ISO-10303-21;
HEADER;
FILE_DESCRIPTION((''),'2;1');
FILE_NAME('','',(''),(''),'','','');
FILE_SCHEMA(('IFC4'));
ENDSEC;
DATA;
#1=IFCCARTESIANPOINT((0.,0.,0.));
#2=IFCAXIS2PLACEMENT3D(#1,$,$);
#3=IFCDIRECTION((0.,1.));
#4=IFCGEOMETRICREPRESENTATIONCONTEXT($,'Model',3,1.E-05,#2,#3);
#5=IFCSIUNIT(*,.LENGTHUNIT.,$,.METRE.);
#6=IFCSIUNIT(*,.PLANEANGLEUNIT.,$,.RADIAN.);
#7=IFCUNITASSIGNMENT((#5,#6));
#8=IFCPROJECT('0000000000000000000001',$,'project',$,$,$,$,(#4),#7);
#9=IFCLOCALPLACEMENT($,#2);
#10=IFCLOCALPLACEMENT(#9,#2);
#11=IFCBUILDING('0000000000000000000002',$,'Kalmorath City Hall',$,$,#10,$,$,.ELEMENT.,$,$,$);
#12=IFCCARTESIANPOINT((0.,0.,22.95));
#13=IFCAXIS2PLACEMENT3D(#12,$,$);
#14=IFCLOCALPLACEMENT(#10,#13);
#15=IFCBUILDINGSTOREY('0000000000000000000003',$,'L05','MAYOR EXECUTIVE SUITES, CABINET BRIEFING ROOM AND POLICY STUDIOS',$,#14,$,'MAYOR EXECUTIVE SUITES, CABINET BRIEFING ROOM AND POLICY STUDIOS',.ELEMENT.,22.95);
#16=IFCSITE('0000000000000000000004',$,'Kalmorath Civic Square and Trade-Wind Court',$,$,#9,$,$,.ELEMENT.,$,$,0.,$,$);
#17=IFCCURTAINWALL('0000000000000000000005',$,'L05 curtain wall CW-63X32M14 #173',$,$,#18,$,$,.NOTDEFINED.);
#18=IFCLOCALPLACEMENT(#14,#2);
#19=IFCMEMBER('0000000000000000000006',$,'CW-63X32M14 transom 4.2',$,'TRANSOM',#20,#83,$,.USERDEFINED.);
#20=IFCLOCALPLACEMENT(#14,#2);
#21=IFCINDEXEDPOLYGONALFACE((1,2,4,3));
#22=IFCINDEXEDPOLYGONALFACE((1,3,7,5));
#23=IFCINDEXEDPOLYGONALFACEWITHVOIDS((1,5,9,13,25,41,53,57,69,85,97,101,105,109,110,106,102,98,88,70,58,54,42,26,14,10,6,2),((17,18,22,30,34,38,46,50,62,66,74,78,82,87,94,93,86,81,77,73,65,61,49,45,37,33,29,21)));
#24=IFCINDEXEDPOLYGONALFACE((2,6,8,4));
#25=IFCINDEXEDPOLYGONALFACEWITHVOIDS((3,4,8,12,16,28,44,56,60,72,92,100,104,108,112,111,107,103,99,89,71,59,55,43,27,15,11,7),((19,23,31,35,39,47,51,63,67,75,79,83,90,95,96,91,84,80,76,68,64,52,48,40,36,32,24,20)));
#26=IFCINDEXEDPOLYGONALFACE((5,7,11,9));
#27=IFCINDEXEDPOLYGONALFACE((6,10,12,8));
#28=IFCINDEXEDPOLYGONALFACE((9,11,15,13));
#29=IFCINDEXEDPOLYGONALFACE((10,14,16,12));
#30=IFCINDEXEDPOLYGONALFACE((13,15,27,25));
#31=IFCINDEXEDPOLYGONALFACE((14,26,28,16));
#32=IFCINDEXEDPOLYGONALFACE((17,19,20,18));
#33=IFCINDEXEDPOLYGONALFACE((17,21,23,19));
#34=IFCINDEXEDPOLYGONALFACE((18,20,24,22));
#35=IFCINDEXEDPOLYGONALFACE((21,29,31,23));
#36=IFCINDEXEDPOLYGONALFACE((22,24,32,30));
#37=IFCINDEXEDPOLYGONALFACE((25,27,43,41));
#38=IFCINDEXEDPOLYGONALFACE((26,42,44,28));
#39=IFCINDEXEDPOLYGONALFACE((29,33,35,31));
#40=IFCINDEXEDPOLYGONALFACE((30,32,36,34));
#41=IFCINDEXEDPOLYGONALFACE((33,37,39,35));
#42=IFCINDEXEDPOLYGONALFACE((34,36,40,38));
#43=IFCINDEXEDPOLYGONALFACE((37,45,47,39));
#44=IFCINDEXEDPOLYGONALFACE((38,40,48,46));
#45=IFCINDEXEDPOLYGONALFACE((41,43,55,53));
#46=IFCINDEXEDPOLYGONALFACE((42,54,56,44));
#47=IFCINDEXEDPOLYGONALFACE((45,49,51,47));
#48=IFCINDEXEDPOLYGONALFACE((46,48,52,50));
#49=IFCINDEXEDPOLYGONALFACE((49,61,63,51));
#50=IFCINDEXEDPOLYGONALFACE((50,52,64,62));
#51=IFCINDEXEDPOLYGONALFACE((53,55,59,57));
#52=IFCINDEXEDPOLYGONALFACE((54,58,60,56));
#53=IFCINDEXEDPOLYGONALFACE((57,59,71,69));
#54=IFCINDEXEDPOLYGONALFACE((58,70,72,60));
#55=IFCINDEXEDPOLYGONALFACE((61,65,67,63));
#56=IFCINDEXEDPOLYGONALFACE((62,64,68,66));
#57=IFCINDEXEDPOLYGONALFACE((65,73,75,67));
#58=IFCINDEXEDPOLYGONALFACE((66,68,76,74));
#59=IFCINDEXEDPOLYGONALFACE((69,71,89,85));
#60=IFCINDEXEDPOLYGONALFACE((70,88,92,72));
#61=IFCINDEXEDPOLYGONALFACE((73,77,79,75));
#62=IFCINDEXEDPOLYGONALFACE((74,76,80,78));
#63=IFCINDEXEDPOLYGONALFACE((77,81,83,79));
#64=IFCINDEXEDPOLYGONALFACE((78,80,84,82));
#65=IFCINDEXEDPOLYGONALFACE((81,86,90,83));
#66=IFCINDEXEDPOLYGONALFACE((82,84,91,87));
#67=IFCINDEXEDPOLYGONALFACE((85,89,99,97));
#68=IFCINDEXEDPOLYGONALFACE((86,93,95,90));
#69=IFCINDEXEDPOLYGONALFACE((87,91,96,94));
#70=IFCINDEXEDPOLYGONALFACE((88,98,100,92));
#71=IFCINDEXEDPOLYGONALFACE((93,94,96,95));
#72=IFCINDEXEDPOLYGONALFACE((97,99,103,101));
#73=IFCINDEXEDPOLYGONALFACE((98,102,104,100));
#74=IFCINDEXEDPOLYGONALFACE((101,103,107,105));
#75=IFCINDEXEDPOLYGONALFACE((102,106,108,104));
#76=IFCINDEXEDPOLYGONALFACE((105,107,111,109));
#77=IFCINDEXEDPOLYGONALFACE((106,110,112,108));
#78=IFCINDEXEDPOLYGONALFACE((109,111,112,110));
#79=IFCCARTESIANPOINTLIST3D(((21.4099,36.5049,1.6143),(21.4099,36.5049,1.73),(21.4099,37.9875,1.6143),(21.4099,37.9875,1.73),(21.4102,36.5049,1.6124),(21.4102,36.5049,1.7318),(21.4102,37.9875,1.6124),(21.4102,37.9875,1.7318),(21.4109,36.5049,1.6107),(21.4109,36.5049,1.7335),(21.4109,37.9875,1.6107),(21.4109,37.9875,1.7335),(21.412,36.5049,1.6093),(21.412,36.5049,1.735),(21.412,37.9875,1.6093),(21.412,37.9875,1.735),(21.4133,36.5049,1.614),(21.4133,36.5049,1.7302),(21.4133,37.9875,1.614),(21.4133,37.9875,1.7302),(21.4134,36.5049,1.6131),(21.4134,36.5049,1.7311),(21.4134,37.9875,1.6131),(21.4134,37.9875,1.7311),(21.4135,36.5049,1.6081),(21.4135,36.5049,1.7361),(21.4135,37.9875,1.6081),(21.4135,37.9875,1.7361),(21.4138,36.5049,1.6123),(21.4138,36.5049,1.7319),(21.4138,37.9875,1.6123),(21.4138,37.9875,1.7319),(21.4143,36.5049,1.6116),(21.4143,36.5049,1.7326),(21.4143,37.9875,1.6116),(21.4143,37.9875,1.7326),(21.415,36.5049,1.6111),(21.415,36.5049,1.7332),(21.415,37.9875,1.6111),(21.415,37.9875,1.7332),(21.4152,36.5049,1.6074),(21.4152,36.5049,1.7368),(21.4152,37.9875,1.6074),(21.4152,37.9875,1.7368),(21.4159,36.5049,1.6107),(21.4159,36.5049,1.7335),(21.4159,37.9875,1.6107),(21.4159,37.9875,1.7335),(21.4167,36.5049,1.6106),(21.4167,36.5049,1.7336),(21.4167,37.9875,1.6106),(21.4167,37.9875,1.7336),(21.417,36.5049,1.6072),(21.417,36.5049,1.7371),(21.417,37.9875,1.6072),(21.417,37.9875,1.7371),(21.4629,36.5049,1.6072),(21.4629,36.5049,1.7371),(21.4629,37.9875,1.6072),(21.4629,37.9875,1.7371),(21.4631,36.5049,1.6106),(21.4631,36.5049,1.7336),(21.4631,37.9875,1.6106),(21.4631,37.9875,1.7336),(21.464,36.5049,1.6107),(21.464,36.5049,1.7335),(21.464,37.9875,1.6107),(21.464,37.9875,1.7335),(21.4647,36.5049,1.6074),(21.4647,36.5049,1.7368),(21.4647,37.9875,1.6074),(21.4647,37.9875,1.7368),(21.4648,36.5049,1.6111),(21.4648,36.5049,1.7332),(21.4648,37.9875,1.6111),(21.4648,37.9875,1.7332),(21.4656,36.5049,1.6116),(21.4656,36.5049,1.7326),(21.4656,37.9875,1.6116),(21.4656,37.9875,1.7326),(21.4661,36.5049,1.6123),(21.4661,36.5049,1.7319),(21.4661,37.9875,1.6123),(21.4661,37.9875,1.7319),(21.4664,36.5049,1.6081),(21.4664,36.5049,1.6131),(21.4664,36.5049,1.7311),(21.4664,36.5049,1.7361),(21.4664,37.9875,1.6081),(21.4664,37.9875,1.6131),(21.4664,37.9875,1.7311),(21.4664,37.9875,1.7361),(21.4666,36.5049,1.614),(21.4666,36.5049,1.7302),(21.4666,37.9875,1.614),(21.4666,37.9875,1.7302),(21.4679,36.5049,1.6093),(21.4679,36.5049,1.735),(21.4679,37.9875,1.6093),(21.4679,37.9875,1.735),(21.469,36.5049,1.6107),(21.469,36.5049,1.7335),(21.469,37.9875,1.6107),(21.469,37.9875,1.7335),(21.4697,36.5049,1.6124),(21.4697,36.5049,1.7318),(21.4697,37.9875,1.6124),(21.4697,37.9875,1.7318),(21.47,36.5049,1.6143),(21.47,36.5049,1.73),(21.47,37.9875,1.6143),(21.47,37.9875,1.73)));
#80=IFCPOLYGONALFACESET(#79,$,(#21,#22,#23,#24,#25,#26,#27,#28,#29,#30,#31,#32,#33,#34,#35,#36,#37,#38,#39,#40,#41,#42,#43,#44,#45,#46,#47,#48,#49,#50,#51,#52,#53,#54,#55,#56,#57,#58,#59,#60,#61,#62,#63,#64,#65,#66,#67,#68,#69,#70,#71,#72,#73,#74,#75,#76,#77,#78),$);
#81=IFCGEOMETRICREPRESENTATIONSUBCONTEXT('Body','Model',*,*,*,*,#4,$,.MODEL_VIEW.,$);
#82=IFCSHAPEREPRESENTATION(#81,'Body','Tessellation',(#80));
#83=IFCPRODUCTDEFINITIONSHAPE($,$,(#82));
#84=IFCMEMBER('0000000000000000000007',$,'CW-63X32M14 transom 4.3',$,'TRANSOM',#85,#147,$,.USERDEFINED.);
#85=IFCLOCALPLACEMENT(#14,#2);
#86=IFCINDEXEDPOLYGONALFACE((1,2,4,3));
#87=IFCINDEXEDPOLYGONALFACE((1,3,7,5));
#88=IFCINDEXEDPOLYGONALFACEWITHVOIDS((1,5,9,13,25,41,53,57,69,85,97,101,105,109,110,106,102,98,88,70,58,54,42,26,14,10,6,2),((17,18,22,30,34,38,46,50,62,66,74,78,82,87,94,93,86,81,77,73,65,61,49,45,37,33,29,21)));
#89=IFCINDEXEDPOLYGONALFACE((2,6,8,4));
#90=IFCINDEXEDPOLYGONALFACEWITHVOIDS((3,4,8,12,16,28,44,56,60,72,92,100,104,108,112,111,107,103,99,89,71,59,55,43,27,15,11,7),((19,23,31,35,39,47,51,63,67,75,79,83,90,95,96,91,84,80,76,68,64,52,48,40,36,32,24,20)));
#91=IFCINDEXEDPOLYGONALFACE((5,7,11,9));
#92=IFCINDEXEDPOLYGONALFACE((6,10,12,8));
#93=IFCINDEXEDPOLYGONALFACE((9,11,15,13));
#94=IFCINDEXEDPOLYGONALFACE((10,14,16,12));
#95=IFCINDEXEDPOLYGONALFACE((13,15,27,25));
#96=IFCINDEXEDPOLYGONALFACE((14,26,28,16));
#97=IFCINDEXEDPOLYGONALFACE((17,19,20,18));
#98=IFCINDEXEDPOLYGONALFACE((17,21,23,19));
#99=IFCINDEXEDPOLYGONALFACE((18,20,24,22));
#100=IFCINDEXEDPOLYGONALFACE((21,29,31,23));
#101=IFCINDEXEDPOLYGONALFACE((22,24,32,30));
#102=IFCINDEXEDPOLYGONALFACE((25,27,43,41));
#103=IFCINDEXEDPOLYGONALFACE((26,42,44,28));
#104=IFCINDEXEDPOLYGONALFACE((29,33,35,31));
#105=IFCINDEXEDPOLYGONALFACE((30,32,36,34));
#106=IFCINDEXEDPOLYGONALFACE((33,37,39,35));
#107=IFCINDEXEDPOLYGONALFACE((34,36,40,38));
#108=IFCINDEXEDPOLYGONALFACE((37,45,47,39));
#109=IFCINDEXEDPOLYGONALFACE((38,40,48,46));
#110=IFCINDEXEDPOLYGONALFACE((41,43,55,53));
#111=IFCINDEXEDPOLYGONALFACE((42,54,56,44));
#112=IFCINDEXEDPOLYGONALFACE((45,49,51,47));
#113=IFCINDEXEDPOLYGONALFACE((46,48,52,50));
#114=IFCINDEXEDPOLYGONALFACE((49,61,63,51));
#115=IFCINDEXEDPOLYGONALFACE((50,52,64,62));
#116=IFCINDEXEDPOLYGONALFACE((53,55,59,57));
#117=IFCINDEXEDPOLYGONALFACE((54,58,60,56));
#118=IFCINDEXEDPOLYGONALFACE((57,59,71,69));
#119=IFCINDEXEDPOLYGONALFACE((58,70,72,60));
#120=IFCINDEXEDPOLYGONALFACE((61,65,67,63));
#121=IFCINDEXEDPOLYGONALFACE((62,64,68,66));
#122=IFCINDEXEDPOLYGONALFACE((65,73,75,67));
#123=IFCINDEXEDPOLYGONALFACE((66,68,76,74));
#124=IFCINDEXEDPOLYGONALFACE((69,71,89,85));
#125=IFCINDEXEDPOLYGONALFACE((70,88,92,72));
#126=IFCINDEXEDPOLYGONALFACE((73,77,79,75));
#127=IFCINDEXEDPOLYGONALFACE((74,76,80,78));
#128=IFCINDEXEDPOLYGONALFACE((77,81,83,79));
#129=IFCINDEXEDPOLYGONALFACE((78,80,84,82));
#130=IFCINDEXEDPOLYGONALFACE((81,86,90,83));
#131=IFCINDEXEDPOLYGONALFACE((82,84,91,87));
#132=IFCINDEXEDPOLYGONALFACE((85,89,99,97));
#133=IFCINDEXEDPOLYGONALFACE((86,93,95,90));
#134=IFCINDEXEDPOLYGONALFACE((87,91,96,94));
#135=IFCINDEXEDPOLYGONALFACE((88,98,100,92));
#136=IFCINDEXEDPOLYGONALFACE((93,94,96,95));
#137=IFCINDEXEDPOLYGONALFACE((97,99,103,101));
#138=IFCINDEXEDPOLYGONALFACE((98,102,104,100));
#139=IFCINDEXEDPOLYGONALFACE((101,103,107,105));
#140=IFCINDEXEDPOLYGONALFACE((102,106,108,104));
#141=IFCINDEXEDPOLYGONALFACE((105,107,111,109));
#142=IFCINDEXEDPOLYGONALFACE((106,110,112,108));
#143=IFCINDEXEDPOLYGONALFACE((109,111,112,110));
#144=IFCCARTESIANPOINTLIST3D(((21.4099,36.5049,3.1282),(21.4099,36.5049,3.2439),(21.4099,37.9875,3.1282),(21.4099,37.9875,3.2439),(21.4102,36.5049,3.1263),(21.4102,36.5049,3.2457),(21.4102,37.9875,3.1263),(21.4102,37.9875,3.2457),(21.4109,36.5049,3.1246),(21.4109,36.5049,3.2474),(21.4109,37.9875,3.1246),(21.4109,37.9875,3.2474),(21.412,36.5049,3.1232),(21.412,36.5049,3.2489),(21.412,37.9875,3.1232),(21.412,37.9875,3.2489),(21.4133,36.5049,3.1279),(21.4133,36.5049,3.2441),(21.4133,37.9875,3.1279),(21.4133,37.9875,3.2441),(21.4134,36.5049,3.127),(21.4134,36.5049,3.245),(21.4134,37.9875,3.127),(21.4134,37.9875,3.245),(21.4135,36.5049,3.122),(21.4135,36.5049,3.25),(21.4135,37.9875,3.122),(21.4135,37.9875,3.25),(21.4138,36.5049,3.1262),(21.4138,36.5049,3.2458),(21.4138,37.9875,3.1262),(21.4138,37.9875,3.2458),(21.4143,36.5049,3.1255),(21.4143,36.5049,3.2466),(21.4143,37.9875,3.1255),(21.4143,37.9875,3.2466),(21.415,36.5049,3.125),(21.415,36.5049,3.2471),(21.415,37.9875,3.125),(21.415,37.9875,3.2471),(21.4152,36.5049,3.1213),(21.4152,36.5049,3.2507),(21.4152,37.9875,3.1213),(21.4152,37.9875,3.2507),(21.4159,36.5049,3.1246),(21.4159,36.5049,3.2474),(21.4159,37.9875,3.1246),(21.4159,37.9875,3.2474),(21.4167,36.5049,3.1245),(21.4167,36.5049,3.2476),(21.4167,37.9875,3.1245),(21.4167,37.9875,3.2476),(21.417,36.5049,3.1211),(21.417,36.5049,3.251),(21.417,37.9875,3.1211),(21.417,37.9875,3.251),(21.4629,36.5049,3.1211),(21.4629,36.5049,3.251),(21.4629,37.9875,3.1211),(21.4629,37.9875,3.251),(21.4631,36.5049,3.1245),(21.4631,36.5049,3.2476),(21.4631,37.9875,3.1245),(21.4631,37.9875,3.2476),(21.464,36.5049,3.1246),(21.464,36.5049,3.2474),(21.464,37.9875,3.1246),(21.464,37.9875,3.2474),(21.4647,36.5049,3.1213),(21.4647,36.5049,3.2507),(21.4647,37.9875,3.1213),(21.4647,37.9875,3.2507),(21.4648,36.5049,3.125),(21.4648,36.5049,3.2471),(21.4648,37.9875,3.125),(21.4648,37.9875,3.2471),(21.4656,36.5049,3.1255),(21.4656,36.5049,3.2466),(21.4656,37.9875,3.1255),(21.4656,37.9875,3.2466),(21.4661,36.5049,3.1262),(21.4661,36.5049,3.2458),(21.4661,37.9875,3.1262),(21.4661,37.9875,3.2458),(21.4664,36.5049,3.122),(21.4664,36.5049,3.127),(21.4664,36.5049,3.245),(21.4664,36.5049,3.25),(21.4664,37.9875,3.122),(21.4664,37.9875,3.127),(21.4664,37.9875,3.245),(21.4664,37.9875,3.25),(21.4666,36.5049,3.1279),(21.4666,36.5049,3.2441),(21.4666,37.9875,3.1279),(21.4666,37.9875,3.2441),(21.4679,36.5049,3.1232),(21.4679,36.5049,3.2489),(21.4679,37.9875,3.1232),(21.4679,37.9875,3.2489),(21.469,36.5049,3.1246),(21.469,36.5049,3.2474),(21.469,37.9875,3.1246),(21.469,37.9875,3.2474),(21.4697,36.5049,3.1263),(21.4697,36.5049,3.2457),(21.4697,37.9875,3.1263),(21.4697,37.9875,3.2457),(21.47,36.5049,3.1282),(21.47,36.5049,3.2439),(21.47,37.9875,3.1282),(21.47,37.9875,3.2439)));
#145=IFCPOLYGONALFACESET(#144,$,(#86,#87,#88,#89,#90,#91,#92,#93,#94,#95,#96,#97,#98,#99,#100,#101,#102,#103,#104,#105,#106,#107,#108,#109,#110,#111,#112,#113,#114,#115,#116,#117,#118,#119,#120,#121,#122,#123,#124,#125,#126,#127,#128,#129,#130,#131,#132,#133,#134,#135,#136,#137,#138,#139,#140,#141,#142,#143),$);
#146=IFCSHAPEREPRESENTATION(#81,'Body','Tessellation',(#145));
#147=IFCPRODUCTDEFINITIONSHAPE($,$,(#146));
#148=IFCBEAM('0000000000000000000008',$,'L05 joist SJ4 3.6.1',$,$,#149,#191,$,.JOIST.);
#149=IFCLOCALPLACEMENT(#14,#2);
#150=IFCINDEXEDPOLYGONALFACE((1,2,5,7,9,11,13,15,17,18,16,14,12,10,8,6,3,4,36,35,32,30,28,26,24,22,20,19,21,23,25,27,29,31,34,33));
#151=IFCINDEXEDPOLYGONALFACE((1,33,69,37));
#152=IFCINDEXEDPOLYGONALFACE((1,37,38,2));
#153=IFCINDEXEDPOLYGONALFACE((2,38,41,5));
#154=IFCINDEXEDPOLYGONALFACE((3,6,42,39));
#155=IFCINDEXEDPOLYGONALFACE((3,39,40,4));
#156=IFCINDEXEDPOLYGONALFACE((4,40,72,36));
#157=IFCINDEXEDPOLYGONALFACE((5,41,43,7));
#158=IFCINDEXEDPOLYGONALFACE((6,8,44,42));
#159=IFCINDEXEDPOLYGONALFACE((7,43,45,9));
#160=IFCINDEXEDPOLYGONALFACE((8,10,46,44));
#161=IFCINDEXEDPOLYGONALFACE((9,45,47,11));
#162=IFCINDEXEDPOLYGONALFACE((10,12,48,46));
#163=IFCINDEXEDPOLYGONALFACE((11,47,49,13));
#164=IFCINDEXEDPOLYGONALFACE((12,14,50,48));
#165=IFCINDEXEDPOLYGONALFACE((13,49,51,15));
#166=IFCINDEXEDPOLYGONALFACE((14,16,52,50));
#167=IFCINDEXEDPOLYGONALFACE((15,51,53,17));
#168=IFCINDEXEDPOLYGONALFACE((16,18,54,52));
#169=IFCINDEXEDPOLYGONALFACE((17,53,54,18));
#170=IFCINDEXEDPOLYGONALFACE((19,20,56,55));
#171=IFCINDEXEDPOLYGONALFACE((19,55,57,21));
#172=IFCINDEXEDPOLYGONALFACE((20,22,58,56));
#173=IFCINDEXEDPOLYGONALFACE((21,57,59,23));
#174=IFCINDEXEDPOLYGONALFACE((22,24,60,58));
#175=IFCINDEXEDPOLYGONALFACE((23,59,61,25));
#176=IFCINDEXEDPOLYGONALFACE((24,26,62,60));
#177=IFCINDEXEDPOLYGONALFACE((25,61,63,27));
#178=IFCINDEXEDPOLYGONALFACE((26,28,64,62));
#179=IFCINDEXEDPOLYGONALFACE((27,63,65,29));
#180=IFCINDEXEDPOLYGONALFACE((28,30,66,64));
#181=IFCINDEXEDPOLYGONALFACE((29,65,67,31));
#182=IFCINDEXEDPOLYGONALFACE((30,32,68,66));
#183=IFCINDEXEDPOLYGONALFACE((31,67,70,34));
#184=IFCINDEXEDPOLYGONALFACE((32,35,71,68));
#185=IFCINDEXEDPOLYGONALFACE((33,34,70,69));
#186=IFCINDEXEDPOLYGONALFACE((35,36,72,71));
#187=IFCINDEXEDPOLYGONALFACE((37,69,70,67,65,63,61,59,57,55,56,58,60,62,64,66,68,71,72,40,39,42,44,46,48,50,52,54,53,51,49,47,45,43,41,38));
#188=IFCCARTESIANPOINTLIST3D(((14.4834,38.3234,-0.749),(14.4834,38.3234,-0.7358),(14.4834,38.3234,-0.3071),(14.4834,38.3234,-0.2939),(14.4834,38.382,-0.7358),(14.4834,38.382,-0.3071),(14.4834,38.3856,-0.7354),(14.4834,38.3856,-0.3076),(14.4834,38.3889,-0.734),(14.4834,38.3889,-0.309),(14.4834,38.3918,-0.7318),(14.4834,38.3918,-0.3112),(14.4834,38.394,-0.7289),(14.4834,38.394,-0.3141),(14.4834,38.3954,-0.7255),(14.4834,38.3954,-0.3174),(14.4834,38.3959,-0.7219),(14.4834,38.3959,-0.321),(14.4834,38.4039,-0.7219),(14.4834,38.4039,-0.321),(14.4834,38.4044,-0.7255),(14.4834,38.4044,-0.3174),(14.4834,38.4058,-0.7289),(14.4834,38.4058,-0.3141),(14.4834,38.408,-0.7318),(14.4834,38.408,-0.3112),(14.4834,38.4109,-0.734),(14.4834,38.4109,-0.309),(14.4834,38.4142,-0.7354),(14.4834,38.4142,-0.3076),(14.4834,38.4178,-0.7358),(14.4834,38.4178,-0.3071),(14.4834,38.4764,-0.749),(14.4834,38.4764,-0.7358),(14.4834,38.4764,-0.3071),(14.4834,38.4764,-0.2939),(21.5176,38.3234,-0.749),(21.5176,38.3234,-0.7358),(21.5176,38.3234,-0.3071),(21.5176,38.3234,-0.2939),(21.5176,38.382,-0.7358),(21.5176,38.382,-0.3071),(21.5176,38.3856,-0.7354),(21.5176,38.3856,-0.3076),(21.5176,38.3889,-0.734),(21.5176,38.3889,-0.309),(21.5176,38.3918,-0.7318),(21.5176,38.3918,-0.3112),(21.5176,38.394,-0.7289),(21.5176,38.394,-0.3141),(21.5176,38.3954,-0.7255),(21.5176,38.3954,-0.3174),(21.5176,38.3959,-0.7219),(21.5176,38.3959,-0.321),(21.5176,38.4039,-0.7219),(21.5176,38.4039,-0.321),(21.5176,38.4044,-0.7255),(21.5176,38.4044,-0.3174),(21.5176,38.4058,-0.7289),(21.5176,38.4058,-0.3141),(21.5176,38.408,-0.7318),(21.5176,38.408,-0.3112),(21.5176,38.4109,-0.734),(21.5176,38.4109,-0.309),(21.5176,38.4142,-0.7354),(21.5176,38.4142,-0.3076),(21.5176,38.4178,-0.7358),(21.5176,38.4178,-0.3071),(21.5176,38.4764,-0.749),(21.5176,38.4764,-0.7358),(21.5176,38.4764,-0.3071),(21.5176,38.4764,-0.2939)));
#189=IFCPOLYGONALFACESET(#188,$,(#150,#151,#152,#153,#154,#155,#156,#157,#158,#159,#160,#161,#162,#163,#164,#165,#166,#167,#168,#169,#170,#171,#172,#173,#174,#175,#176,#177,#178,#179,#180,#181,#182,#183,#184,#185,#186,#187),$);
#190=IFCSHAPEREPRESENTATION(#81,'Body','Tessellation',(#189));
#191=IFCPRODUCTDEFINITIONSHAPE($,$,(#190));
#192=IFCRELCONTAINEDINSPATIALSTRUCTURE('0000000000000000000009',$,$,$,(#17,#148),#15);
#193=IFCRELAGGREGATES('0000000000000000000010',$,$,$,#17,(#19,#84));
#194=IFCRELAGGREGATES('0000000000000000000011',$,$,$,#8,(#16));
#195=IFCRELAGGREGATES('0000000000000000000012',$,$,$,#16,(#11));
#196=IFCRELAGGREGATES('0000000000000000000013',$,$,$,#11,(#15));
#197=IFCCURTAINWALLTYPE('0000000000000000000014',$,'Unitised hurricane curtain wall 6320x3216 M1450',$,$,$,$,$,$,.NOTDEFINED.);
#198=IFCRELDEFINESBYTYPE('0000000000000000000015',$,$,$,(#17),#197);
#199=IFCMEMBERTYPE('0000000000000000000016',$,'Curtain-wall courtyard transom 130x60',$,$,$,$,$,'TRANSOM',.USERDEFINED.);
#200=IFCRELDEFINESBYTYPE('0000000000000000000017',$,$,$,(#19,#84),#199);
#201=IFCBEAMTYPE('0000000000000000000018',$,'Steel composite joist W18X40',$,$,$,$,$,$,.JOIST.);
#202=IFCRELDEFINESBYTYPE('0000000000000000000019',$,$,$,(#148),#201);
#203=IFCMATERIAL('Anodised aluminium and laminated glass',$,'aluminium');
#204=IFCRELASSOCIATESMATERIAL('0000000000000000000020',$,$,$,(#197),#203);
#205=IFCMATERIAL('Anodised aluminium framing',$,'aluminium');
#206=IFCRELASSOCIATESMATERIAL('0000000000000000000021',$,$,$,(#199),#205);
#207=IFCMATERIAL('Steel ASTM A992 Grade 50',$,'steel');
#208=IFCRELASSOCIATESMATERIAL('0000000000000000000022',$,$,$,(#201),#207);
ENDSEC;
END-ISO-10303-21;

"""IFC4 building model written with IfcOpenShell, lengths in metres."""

from ifc_helpers import new_model, si_unit, direction, frame, origin, origin_2d, place, context, subcontext, project, spatial, hollow_rectangle, i_section, extrude, material, material_profile, profile_set, type_object, element, aggregate, save


model = new_model("IFC4")

# Units and contexts
model_context = context("Model", 3, precision=1e-05, world=origin(), true_north=direction((0.0, 1.0)))
body_context = subcontext(model_context, "Body", "Model", "MODEL_VIEW")
ifc_project = project(units=[si_unit("LENGTHUNIT", "METRE"), si_unit("PLANEANGLEUNIT", "RADIAN")], contexts=[model_context])

# Site, building, storey
site_placement = place(None, origin())
site = spatial("IfcSite", under=ifc_project, at=site_placement, Name="Kalmorath Civic Square and Trade-Wind Court", CompositionType="ELEMENT", RefElevation=0.0)
building_placement = place(site_placement, origin())
building = spatial("IfcBuilding", under=site, at=building_placement, Name="Kalmorath City Hall", CompositionType="ELEMENT")
storey_placement = place(building_placement, frame((0.0, 0.0, 22.95)))
storey = spatial("IfcBuildingStorey", under=building, at=storey_placement, Name="L05", Description="MAYOR EXECUTIVE SUITES, CABINET BRIEFING ROOM AND POLICY STUDIOS", LongName="MAYOR EXECUTIVE SUITES, CABINET BRIEFING ROOM AND POLICY STUDIOS", CompositionType="ELEMENT", Elevation=22.95)

# Curtain wall, members
ifc_material_1 = material(Name="Anodised aluminium and laminated glass", Category="aluminium")
curtain_wall_type = type_object("IfcCurtainWallType", Name="Unitised hurricane curtain wall 6320x3216 M1450", PredefinedType="NOTDEFINED", material=ifc_material_1)
curtain_wall_placement = place(storey_placement, origin())
curtain_wall = element("IfcCurtainWall", 1, at=curtain_wall_placement, inside=storey, type_object=curtain_wall_type, Name="L05 curtain wall CW-63X32M14 #173", PredefinedType="NOTDEFINED")
ifc_material_2 = material(Name="Anodised aluminium framing", Category="aluminium")
ifc_material_profile_1 = material_profile(ifc_material_2, hollow_rectangle(XDim=0.0601, YDim=0.1299, WallThickness=0.0034, InnerFilletRadius=0.0034, OuterFilletRadius=0.0071, at=origin_2d()), Name="ALU-TRN-130X60X3.5")
ifc_profile_set_1 = profile_set([ifc_material_profile_1], Name="Anodised aluminium framing")
member_type_1 = type_object("IfcMemberType", Name="Curtain-wall courtyard transom 130x60", ElementType="TRANSOM", PredefinedType="USERDEFINED", material=ifc_profile_set_1)
member_1_placement = place(storey_placement, frame((21.4399, 37.9875, 1.6721), z_axis=(0.0, -1.0, 0.0), x_axis=(1.0, 0.0, 0.0)))
member_1 = element("IfcMember", 2, at=member_1_placement, type_object=member_type_1, Name="CW-63X32M14 transom 4.2", ObjectType="TRANSOM", PredefinedType="USERDEFINED", context=body_context, shape_type="SweptSolid", body=[
    extrude(hollow_rectangle(XDim=0.0601, YDim=0.1299, WallThickness=0.0034, InnerFilletRadius=0.0034, OuterFilletRadius=0.0071, at=origin_2d()), origin(), (0.0, 0.0, 1.0), 1.4827),
])
member_2_placement = place(storey_placement, frame((21.4399, 37.9875, 3.186), z_axis=(0.0, -1.0, 0.0), x_axis=(1.0, 0.0, 0.0)))
member_2 = element("IfcMember", 3, at=member_2_placement, type_object=member_type_1, Name="CW-63X32M14 transom 4.3", ObjectType="TRANSOM", PredefinedType="USERDEFINED", context=body_context, shape_type="SweptSolid", body=[
    extrude(hollow_rectangle(XDim=0.0601, YDim=0.1299, WallThickness=0.0034, InnerFilletRadius=0.0034, OuterFilletRadius=0.0071, at=origin_2d()), origin(), (0.0, 0.0, 1.0), 1.4827),
])

# Beam
ifc_material_3 = material(Name="Steel ASTM A992 Grade 50", Category="steel")
ifc_material_profile_2 = material_profile(ifc_material_3, i_section(OverallWidth=0.1531, OverallDepth=0.4551, WebThickness=0.0081, FlangeThickness=0.0132, FilletRadius=0.0139, at=origin_2d()), Name="W18X40")
ifc_profile_set_2 = profile_set([ifc_material_profile_2], Name="Steel ASTM A992 Grade 50")
beam_type_1 = type_object("IfcBeamType", Name="Steel composite joist W18X40", PredefinedType="JOIST", material=ifc_profile_set_2)
beam_1_placement = place(storey_placement, frame((14.4834, 38.3999, -0.5215), z_axis=(1.0, 0.0, 0.0), x_axis=(0.0, 1.0, 0.0)))
element("IfcBeam", 4, at=beam_1_placement, inside=storey, type_object=beam_type_1, Name="L05 joist SJ4 3.6.1", PredefinedType="JOIST", context=body_context, shape_type="SweptSolid", body=[
    extrude(i_section(OverallWidth=0.1531, OverallDepth=0.4551, WebThickness=0.0081, FlangeThickness=0.0132, FilletRadius=0.0139, at=origin_2d()), origin(), (0.0, 0.0, 1.0), 7.0342),
])

aggregate(curtain_wall, [member_1, member_2])

save(model, "model.ifc")
